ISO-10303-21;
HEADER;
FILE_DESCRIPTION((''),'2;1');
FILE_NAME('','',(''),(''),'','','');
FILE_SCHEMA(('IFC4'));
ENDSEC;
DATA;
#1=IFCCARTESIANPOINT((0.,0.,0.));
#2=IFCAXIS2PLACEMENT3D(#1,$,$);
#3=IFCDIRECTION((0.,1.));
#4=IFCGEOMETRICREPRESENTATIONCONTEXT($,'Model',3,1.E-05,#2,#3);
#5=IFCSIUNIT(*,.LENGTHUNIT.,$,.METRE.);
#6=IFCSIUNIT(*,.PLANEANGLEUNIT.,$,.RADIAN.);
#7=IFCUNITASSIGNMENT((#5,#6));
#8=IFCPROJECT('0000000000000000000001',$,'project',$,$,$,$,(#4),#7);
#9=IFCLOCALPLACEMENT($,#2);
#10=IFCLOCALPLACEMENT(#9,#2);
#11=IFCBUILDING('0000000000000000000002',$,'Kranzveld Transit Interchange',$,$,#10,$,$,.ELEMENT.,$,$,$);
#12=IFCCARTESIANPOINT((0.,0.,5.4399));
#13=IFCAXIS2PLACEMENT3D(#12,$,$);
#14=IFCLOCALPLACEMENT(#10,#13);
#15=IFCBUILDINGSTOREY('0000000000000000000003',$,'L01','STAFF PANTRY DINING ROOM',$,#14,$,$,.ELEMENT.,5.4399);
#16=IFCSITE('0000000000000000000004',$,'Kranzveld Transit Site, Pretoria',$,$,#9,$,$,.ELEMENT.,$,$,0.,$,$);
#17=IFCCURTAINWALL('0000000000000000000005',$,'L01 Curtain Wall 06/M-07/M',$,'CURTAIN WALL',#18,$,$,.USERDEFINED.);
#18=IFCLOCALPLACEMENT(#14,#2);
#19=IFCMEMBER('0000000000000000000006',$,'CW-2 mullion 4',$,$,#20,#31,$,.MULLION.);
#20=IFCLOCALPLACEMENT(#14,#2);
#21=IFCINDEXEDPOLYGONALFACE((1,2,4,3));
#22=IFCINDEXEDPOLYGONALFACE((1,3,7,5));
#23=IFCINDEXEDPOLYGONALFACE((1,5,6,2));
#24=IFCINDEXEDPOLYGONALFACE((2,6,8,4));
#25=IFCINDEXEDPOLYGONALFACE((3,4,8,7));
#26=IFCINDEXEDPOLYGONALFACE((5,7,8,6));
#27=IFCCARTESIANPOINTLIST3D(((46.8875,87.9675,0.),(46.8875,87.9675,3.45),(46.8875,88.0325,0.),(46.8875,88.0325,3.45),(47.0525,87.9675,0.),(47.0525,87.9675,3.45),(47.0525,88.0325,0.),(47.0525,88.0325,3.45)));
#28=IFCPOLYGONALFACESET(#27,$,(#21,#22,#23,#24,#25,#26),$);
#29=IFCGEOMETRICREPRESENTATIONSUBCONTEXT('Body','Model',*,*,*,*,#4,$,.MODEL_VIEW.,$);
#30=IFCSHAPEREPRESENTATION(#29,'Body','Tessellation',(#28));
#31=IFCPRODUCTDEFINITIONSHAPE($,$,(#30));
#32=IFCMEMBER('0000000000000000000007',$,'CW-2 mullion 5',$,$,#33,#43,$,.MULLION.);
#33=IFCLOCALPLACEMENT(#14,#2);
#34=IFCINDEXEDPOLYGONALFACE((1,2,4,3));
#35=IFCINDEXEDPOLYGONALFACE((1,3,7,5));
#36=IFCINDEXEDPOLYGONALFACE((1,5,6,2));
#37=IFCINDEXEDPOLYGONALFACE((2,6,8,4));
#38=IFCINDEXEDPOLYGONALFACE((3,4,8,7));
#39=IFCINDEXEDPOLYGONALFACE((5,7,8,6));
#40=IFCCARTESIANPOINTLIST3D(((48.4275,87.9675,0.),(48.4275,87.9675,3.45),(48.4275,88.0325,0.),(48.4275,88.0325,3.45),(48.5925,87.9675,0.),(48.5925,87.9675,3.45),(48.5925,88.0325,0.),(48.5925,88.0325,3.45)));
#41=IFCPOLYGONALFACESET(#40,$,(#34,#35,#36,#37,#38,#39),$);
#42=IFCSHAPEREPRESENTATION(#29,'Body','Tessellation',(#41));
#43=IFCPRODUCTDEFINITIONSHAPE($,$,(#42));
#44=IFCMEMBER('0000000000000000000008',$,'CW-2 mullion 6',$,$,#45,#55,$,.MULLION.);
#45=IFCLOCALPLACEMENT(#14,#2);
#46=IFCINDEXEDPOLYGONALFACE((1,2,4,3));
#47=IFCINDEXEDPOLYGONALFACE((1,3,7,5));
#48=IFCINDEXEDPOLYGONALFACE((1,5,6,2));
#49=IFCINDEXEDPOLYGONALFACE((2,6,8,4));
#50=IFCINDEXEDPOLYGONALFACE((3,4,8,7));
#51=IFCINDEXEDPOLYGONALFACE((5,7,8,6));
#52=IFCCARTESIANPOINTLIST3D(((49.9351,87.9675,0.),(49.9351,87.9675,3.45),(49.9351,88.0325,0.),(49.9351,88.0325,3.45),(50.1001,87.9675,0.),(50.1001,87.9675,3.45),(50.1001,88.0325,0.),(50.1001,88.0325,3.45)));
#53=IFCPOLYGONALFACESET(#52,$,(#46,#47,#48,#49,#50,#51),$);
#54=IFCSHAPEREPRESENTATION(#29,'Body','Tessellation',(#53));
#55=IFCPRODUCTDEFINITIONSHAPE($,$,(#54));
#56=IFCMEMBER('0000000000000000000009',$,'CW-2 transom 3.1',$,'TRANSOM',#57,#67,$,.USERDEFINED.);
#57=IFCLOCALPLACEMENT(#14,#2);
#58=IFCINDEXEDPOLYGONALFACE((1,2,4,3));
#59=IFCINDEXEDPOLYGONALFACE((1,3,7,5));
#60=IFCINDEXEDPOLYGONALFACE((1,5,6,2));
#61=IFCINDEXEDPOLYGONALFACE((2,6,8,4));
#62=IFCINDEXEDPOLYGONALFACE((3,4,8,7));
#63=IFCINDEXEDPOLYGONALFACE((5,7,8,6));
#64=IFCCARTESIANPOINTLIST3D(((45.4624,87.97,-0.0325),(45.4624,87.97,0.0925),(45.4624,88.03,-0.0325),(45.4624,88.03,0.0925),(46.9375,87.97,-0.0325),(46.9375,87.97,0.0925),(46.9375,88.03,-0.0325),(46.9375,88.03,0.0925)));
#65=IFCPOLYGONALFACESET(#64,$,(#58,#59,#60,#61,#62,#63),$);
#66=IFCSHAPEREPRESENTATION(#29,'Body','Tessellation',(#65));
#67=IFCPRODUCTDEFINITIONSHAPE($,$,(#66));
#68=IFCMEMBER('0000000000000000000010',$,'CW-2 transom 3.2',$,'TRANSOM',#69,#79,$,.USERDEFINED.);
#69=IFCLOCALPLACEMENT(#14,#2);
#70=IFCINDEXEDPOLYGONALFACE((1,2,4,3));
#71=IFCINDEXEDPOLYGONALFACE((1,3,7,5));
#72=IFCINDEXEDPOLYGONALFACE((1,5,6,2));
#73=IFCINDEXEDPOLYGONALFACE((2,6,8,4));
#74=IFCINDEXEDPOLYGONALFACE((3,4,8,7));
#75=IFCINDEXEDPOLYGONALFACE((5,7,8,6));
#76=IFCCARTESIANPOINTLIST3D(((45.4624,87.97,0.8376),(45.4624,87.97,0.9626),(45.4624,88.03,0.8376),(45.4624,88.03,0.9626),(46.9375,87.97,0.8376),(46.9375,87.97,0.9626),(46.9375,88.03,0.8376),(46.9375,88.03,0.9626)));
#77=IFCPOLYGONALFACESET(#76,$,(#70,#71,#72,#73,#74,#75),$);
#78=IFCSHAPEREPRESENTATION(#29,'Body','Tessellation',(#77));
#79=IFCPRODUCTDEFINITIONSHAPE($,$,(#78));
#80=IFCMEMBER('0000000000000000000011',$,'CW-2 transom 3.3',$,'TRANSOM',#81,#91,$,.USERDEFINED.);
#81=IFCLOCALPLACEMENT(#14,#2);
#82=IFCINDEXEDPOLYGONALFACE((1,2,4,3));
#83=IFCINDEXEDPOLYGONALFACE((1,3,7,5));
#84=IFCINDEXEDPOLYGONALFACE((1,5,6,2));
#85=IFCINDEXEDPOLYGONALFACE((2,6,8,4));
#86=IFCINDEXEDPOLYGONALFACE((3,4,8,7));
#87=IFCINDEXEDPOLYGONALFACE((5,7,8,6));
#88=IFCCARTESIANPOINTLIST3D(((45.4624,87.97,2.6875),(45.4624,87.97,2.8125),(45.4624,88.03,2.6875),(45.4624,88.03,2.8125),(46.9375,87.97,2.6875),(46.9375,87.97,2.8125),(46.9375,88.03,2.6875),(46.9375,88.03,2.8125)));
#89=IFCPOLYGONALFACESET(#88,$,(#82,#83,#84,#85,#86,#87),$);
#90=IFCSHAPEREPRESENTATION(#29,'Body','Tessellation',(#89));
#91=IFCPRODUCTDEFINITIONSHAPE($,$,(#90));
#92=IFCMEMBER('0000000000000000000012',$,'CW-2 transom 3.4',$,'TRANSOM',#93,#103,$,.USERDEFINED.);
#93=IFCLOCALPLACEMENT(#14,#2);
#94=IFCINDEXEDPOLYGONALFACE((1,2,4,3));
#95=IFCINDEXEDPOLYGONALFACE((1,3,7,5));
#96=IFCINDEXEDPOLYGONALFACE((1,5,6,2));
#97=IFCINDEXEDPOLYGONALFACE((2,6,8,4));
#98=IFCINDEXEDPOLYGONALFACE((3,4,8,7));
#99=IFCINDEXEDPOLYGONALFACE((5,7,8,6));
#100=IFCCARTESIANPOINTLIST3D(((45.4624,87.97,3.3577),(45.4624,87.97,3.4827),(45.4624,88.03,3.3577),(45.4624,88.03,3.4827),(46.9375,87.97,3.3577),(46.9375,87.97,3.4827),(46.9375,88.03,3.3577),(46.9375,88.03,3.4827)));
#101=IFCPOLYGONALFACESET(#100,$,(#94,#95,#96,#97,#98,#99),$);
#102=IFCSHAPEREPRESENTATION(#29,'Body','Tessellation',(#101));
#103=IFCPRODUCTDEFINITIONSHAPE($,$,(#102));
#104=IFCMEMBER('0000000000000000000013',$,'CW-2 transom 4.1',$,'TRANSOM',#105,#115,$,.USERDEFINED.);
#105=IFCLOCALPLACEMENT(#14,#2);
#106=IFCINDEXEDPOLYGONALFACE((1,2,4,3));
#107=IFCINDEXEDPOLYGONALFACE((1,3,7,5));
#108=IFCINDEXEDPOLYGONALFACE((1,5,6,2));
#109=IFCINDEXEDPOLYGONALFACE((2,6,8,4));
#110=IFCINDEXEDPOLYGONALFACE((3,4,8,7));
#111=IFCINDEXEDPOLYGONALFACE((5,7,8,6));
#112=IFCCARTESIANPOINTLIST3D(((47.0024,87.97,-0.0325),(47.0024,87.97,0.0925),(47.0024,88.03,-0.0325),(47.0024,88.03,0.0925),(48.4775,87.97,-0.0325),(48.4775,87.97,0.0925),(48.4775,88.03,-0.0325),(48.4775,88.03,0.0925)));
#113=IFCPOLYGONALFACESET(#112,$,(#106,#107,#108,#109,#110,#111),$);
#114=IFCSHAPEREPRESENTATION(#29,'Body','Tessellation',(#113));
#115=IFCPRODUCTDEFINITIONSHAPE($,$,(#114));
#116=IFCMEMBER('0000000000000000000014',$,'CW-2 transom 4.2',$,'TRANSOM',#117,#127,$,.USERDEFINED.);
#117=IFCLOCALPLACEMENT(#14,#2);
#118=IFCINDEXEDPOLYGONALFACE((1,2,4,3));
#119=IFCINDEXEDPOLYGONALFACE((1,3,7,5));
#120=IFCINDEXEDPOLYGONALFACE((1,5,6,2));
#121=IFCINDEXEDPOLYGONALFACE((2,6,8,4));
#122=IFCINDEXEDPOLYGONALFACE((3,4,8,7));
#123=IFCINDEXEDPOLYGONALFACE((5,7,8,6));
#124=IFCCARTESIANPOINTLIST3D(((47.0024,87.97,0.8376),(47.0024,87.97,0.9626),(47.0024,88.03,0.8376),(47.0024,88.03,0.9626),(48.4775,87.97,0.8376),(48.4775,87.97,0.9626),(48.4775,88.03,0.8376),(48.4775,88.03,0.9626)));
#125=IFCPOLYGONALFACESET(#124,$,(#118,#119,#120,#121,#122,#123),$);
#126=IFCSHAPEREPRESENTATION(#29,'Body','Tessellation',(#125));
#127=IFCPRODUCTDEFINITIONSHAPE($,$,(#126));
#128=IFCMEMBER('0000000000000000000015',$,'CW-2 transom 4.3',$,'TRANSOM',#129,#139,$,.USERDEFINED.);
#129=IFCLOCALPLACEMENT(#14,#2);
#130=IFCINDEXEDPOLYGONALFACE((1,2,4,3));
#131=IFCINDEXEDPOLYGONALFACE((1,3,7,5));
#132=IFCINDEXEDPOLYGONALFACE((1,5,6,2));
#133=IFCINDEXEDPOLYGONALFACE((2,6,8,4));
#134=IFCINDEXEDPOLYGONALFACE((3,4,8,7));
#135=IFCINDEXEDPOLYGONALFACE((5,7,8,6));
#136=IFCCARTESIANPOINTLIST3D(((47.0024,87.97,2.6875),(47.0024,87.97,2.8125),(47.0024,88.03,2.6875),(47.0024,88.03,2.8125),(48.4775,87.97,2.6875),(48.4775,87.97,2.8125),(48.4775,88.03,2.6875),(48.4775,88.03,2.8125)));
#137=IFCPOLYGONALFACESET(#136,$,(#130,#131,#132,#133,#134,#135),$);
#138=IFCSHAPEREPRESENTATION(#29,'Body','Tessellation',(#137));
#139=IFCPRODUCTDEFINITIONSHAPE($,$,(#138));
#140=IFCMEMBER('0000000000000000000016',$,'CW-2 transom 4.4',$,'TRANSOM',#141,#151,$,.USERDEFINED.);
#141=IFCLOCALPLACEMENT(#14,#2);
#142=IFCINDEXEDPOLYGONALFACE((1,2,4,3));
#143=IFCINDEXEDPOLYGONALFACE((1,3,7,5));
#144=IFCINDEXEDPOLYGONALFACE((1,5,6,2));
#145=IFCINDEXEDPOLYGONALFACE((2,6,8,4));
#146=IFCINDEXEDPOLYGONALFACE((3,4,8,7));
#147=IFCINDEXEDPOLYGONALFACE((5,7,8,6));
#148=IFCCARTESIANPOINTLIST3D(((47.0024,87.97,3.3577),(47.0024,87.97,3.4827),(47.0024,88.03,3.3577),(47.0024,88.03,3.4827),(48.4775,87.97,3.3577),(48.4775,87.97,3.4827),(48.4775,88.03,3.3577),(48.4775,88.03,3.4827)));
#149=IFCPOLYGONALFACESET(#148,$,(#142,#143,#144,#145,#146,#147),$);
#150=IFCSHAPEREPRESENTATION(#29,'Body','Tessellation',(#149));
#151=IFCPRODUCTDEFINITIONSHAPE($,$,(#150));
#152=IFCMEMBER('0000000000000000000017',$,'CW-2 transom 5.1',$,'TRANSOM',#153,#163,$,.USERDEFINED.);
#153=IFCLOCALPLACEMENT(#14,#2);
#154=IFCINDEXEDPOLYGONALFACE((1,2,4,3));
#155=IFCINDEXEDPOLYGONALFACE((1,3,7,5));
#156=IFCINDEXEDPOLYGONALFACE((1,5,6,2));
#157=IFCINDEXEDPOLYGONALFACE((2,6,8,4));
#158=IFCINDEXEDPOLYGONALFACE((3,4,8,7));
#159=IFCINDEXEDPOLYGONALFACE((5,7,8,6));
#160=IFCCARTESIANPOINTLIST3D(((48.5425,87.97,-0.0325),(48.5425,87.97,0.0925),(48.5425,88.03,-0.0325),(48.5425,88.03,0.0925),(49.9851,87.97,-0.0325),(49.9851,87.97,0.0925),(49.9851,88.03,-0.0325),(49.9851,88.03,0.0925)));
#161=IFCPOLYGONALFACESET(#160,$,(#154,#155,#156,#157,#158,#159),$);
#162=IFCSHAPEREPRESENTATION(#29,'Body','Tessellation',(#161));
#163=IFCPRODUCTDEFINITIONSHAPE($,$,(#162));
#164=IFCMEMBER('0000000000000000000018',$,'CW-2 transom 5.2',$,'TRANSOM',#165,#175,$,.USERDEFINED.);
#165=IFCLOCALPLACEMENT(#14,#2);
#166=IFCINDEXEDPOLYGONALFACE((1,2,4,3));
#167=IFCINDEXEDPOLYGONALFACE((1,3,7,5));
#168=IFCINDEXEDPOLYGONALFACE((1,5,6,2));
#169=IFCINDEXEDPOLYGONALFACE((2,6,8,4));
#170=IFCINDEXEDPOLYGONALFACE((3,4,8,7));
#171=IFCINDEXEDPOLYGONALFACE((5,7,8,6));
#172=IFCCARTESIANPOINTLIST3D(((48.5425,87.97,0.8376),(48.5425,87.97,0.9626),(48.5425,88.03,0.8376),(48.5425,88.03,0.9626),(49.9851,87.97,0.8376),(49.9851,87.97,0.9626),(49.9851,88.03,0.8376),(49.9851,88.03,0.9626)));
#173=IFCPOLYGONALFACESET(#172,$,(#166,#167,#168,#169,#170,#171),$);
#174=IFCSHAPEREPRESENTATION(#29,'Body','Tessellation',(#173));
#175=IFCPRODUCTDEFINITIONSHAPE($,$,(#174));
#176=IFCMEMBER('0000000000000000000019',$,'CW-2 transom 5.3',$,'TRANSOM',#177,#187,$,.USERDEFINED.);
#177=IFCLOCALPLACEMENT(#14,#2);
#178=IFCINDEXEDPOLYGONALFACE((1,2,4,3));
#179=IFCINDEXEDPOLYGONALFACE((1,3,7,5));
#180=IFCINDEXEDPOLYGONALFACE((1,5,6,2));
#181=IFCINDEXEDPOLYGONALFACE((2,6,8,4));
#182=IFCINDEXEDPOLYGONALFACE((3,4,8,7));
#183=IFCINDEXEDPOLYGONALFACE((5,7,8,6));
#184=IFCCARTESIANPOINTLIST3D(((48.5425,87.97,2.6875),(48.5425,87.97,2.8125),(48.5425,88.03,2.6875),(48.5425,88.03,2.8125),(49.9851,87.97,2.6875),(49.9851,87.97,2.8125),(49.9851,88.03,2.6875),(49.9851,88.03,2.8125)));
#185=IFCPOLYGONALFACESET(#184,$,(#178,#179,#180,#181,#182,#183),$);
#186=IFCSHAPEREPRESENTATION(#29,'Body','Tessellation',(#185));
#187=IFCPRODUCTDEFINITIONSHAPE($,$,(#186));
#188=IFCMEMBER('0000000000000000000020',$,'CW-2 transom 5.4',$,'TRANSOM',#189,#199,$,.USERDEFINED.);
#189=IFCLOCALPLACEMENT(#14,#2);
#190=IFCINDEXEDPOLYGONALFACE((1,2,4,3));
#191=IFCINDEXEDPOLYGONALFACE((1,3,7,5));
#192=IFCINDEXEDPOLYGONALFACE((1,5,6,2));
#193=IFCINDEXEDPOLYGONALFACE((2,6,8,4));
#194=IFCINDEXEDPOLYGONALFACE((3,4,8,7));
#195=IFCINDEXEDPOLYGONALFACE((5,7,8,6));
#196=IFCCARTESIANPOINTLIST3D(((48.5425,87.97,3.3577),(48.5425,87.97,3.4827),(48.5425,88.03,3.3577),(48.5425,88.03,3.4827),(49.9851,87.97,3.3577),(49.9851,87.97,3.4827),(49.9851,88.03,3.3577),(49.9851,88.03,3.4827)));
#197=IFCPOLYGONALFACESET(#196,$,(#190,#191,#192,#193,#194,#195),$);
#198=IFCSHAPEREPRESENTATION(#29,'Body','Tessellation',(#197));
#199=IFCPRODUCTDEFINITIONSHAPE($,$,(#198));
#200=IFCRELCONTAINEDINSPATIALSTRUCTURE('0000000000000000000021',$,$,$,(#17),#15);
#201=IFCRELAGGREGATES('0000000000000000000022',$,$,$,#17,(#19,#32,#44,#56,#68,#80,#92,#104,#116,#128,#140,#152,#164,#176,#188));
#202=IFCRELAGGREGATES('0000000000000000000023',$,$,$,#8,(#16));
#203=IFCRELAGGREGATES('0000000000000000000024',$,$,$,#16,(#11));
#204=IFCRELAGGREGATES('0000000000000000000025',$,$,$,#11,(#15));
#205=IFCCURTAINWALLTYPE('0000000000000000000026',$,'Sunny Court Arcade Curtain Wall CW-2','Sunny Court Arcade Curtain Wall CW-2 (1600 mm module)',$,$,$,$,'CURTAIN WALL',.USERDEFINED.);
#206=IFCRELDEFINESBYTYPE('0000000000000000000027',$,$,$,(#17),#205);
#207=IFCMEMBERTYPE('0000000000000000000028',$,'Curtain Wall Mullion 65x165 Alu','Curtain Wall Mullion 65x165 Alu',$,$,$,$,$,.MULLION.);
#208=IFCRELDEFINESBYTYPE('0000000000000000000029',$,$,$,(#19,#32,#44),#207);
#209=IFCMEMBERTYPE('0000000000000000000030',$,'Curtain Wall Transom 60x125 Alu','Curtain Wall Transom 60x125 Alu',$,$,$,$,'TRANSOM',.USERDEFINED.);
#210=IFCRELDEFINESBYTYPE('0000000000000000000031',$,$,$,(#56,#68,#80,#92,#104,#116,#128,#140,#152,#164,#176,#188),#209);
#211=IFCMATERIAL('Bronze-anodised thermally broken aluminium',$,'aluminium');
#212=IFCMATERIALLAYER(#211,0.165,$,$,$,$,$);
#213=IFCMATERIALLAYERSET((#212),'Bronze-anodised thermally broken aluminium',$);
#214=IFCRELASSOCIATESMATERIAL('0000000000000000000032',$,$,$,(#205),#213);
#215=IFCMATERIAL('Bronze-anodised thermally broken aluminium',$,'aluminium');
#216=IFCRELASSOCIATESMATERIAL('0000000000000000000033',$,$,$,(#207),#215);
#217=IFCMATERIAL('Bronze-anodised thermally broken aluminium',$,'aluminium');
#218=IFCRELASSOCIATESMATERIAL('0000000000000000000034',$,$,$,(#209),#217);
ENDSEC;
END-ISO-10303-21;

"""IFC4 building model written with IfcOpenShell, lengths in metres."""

from ifc_helpers import new_model, si_unit, direction, frame, origin, origin_2d, place, context, subcontext, project, spatial, rectangle, extrude, material, layer, layer_set, material_profile, profile_set, type_object, element, aggregate, save


model = new_model("IFC4")

# Units and contexts
model_context = context("Model", 3, precision=1e-05, world=origin(), true_north=direction((0.0, 1.0)))
body_context = subcontext(model_context, "Body", "Model", "MODEL_VIEW")
ifc_project = project(units=[si_unit("LENGTHUNIT", "METRE"), si_unit("PLANEANGLEUNIT", "RADIAN")], contexts=[model_context])

# Site, building, storey
site_placement = place(None, origin())
site = spatial("IfcSite", under=ifc_project, at=site_placement, Name="Kranzveld Transit Site, Pretoria", CompositionType="ELEMENT", RefElevation=0.0)
building_placement = place(site_placement, origin())
building = spatial("IfcBuilding", under=site, at=building_placement, Name="Kranzveld Transit Interchange", CompositionType="ELEMENT")
storey_placement = place(building_placement, frame((0.0, 0.0, 5.4399)))
storey = spatial("IfcBuildingStorey", under=building, at=storey_placement, Name="L01", Description="STAFF PANTRY DINING ROOM", CompositionType="ELEMENT", Elevation=5.4399)

# Curtain wall, members
ifc_material_1 = material(Name="Bronze-anodised thermally broken aluminium", Category="aluminium")
ifc_layer_1 = layer(ifc_material_1, 0.165)
ifc_layer_set_1 = layer_set([ifc_layer_1], Name="Bronze-anodised thermally broken aluminium")
curtain_wall_type_1 = type_object("IfcCurtainWallType", Name="Sunny Court Arcade Curtain Wall CW-2", Description="Sunny Court Arcade Curtain Wall CW-2 (1600 mm module)", ElementType="CURTAIN WALL", PredefinedType="USERDEFINED", material=ifc_layer_set_1)
curtain_wall_1_placement = place(storey_placement, origin())
curtain_wall_1 = element("IfcCurtainWall", 1, at=curtain_wall_1_placement, inside=storey, type_object=curtain_wall_type_1, Name="L01 Curtain Wall 06/M-07/M", ObjectType="CURTAIN WALL", PredefinedType="USERDEFINED")
ifc_material_2 = material(Name="Bronze-anodised thermally broken aluminium", Category="aluminium")
ifc_material_profile_1 = material_profile(ifc_material_2, rectangle(XDim=0.0649, YDim=0.165, at=origin_2d()), Name="ALU MULLION 65x165")
ifc_profile_set_1 = profile_set([ifc_material_profile_1], Name="Bronze-anodised thermally broken aluminium")
member_type_1 = type_object("IfcMemberType", Name="Curtain Wall Mullion 65x165 Alu", Description="Curtain Wall Mullion 65x165 Alu", PredefinedType="MULLION", material=ifc_profile_set_1)
member_1_placement = place(storey_placement, frame((46.97, 88.0, 0.0), z_axis=(0.0, 0.0, 1.0), x_axis=(0.0, 1.0, 0.0)))
member_1 = element("IfcMember", 2, at=member_1_placement, type_object=member_type_1, Name="CW-2 mullion 4", PredefinedType="MULLION", context=body_context, shape_type="SweptSolid", body=[
    extrude(rectangle(XDim=0.0649, YDim=0.165, at=origin_2d()), origin(), (0.0, 0.0, 1.0), 3.45),
])
member_2_placement = place(storey_placement, frame((48.51, 88.0, 0.0), z_axis=(0.0, 0.0, 1.0), x_axis=(0.0, 1.0, 0.0)))
member_2 = element("IfcMember", 3, at=member_2_placement, type_object=member_type_1, Name="CW-2 mullion 5", PredefinedType="MULLION", context=body_context, shape_type="SweptSolid", body=[
    extrude(rectangle(XDim=0.0649, YDim=0.165, at=origin_2d()), origin(), (0.0, 0.0, 1.0), 3.45),
])
member_3_placement = place(storey_placement, frame((50.0176, 88.0, 0.0), z_axis=(0.0, 0.0, 1.0), x_axis=(0.0, 1.0, 0.0)))
member_3 = element("IfcMember", 4, at=member_3_placement, type_object=member_type_1, Name="CW-2 mullion 6", PredefinedType="MULLION", context=body_context, shape_type="SweptSolid", body=[
    extrude(rectangle(XDim=0.0649, YDim=0.165, at=origin_2d()), origin(), (0.0, 0.0, 1.0), 3.45),
])
ifc_material_3 = material(Name="Bronze-anodised thermally broken aluminium", Category="aluminium")
ifc_material_profile_2 = material_profile(ifc_material_3, rectangle(XDim=0.0601, YDim=0.125, at=origin_2d()), Name="ALU TRANSOM 60x125")
ifc_profile_set_2 = profile_set([ifc_material_profile_2], Name="Bronze-anodised thermally broken aluminium")
member_type_2 = type_object("IfcMemberType", Name="Curtain Wall Transom 60x125 Alu", Description="Curtain Wall Transom 60x125 Alu", ElementType="TRANSOM", PredefinedType="USERDEFINED", material=ifc_profile_set_2)
member_4_placement = place(storey_placement, frame((45.4624, 88.0, 0.03), z_axis=(1.0, 0.0, 0.0), x_axis=(0.0, 1.0, 0.0)))
member_4 = element("IfcMember", 5, at=member_4_placement, type_object=member_type_2, Name="CW-2 transom 3.1", ObjectType="TRANSOM", PredefinedType="USERDEFINED", context=body_context, shape_type="SweptSolid", body=[
    extrude(rectangle(XDim=0.0601, YDim=0.125, at=origin_2d()), origin(), (0.0, 0.0, 1.0), 1.4751),
])
member_5_placement = place(storey_placement, frame((45.4624, 88.0, 0.9001), z_axis=(1.0, 0.0, 0.0), x_axis=(0.0, 1.0, 0.0)))
member_5 = element("IfcMember", 6, at=member_5_placement, type_object=member_type_2, Name="CW-2 transom 3.2", ObjectType="TRANSOM", PredefinedType="USERDEFINED", context=body_context, shape_type="SweptSolid", body=[
    extrude(rectangle(XDim=0.0601, YDim=0.125, at=origin_2d()), origin(), (0.0, 0.0, 1.0), 1.4751),
])
member_6_placement = place(storey_placement, frame((45.4624, 88.0, 2.75), z_axis=(1.0, 0.0, 0.0), x_axis=(0.0, 1.0, 0.0)))
member_6 = element("IfcMember", 7, at=member_6_placement, type_object=member_type_2, Name="CW-2 transom 3.3", ObjectType="TRANSOM", PredefinedType="USERDEFINED", context=body_context, shape_type="SweptSolid", body=[
    extrude(rectangle(XDim=0.0601, YDim=0.125, at=origin_2d()), origin(), (0.0, 0.0, 1.0), 1.4751),
])
member_7_placement = place(storey_placement, frame((45.4624, 88.0, 3.4202), z_axis=(1.0, 0.0, 0.0), x_axis=(0.0, 1.0, 0.0)))
member_7 = element("IfcMember", 8, at=member_7_placement, type_object=member_type_2, Name="CW-2 transom 3.4", ObjectType="TRANSOM", PredefinedType="USERDEFINED", context=body_context, shape_type="SweptSolid", body=[
    extrude(rectangle(XDim=0.0601, YDim=0.125, at=origin_2d()), origin(), (0.0, 0.0, 1.0), 1.4751),
])
member_8_placement = place(storey_placement, frame((47.0024, 88.0, 0.03), z_axis=(1.0, 0.0, 0.0), x_axis=(0.0, 1.0, 0.0)))
member_8 = element("IfcMember", 9, at=member_8_placement, type_object=member_type_2, Name="CW-2 transom 4.1", ObjectType="TRANSOM", PredefinedType="USERDEFINED", context=body_context, shape_type="SweptSolid", body=[
    extrude(rectangle(XDim=0.0601, YDim=0.125, at=origin_2d()), origin(), (0.0, 0.0, 1.0), 1.4751),
])
member_9_placement = place(storey_placement, frame((47.0024, 88.0, 0.9001), z_axis=(1.0, 0.0, 0.0), x_axis=(0.0, 1.0, 0.0)))
member_9 = element("IfcMember", 10, at=member_9_placement, type_object=member_type_2, Name="CW-2 transom 4.2", ObjectType="TRANSOM", PredefinedType="USERDEFINED", context=body_context, shape_type="SweptSolid", body=[
    extrude(rectangle(XDim=0.0601, YDim=0.125, at=origin_2d()), origin(), (0.0, 0.0, 1.0), 1.4751),
])
member_10_placement = place(storey_placement, frame((47.0024, 88.0, 2.75), z_axis=(1.0, 0.0, 0.0), x_axis=(0.0, 1.0, 0.0)))
member_10 = element("IfcMember", 11, at=member_10_placement, type_object=member_type_2, Name="CW-2 transom 4.3", ObjectType="TRANSOM", PredefinedType="USERDEFINED", context=body_context, shape_type="SweptSolid", body=[
    extrude(rectangle(XDim=0.0601, YDim=0.125, at=origin_2d()), origin(), (0.0, 0.0, 1.0), 1.4751),
])
member_11_placement = place(storey_placement, frame((47.0024, 88.0, 3.4202), z_axis=(1.0, 0.0, 0.0), x_axis=(0.0, 1.0, 0.0)))
member_11 = element("IfcMember", 12, at=member_11_placement, type_object=member_type_2, Name="CW-2 transom 4.4", ObjectType="TRANSOM", PredefinedType="USERDEFINED", context=body_context, shape_type="SweptSolid", body=[
    extrude(rectangle(XDim=0.0601, YDim=0.125, at=origin_2d()), origin(), (0.0, 0.0, 1.0), 1.4751),
])
member_12_placement = place(storey_placement, frame((48.5425, 88.0, 0.03), z_axis=(1.0, 0.0, 0.0), x_axis=(0.0, 1.0, 0.0)))
member_12 = element("IfcMember", 13, at=member_12_placement, type_object=member_type_2, Name="CW-2 transom 5.1", ObjectType="TRANSOM", PredefinedType="USERDEFINED", context=body_context, shape_type="SweptSolid", body=[
    extrude(rectangle(XDim=0.0601, YDim=0.125, at=origin_2d()), origin(), (0.0, 0.0, 1.0), 1.4426),
])
member_13_placement = place(storey_placement, frame((48.5425, 88.0, 0.9001), z_axis=(1.0, 0.0, 0.0), x_axis=(0.0, 1.0, 0.0)))
member_13 = element("IfcMember", 14, at=member_13_placement, type_object=member_type_2, Name="CW-2 transom 5.2", ObjectType="TRANSOM", PredefinedType="USERDEFINED", context=body_context, shape_type="SweptSolid", body=[
    extrude(rectangle(XDim=0.0601, YDim=0.125, at=origin_2d()), origin(), (0.0, 0.0, 1.0), 1.4426),
])
member_14_placement = place(storey_placement, frame((48.5425, 88.0, 2.75), z_axis=(1.0, 0.0, 0.0), x_axis=(0.0, 1.0, 0.0)))
member_14 = element("IfcMember", 15, at=member_14_placement, type_object=member_type_2, Name="CW-2 transom 5.3", ObjectType="TRANSOM", PredefinedType="USERDEFINED", context=body_context, shape_type="SweptSolid", body=[
    extrude(rectangle(XDim=0.0601, YDim=0.125, at=origin_2d()), origin(), (0.0, 0.0, 1.0), 1.4426),
])
member_15_placement = place(storey_placement, frame((48.5425, 88.0, 3.4202), z_axis=(1.0, 0.0, 0.0), x_axis=(0.0, 1.0, 0.0)))
member_15 = element("IfcMember", 16, at=member_15_placement, type_object=member_type_2, Name="CW-2 transom 5.4", ObjectType="TRANSOM", PredefinedType="USERDEFINED", context=body_context, shape_type="SweptSolid", body=[
    extrude(rectangle(XDim=0.0601, YDim=0.125, at=origin_2d()), origin(), (0.0, 0.0, 1.0), 1.4426),
])

aggregate(curtain_wall_1, [member_1, member_2, member_3, member_4, member_5, member_6, member_7, member_8, member_9, member_10, member_11, member_12, member_13, member_14, member_15])

save(model, "model.ifc")
